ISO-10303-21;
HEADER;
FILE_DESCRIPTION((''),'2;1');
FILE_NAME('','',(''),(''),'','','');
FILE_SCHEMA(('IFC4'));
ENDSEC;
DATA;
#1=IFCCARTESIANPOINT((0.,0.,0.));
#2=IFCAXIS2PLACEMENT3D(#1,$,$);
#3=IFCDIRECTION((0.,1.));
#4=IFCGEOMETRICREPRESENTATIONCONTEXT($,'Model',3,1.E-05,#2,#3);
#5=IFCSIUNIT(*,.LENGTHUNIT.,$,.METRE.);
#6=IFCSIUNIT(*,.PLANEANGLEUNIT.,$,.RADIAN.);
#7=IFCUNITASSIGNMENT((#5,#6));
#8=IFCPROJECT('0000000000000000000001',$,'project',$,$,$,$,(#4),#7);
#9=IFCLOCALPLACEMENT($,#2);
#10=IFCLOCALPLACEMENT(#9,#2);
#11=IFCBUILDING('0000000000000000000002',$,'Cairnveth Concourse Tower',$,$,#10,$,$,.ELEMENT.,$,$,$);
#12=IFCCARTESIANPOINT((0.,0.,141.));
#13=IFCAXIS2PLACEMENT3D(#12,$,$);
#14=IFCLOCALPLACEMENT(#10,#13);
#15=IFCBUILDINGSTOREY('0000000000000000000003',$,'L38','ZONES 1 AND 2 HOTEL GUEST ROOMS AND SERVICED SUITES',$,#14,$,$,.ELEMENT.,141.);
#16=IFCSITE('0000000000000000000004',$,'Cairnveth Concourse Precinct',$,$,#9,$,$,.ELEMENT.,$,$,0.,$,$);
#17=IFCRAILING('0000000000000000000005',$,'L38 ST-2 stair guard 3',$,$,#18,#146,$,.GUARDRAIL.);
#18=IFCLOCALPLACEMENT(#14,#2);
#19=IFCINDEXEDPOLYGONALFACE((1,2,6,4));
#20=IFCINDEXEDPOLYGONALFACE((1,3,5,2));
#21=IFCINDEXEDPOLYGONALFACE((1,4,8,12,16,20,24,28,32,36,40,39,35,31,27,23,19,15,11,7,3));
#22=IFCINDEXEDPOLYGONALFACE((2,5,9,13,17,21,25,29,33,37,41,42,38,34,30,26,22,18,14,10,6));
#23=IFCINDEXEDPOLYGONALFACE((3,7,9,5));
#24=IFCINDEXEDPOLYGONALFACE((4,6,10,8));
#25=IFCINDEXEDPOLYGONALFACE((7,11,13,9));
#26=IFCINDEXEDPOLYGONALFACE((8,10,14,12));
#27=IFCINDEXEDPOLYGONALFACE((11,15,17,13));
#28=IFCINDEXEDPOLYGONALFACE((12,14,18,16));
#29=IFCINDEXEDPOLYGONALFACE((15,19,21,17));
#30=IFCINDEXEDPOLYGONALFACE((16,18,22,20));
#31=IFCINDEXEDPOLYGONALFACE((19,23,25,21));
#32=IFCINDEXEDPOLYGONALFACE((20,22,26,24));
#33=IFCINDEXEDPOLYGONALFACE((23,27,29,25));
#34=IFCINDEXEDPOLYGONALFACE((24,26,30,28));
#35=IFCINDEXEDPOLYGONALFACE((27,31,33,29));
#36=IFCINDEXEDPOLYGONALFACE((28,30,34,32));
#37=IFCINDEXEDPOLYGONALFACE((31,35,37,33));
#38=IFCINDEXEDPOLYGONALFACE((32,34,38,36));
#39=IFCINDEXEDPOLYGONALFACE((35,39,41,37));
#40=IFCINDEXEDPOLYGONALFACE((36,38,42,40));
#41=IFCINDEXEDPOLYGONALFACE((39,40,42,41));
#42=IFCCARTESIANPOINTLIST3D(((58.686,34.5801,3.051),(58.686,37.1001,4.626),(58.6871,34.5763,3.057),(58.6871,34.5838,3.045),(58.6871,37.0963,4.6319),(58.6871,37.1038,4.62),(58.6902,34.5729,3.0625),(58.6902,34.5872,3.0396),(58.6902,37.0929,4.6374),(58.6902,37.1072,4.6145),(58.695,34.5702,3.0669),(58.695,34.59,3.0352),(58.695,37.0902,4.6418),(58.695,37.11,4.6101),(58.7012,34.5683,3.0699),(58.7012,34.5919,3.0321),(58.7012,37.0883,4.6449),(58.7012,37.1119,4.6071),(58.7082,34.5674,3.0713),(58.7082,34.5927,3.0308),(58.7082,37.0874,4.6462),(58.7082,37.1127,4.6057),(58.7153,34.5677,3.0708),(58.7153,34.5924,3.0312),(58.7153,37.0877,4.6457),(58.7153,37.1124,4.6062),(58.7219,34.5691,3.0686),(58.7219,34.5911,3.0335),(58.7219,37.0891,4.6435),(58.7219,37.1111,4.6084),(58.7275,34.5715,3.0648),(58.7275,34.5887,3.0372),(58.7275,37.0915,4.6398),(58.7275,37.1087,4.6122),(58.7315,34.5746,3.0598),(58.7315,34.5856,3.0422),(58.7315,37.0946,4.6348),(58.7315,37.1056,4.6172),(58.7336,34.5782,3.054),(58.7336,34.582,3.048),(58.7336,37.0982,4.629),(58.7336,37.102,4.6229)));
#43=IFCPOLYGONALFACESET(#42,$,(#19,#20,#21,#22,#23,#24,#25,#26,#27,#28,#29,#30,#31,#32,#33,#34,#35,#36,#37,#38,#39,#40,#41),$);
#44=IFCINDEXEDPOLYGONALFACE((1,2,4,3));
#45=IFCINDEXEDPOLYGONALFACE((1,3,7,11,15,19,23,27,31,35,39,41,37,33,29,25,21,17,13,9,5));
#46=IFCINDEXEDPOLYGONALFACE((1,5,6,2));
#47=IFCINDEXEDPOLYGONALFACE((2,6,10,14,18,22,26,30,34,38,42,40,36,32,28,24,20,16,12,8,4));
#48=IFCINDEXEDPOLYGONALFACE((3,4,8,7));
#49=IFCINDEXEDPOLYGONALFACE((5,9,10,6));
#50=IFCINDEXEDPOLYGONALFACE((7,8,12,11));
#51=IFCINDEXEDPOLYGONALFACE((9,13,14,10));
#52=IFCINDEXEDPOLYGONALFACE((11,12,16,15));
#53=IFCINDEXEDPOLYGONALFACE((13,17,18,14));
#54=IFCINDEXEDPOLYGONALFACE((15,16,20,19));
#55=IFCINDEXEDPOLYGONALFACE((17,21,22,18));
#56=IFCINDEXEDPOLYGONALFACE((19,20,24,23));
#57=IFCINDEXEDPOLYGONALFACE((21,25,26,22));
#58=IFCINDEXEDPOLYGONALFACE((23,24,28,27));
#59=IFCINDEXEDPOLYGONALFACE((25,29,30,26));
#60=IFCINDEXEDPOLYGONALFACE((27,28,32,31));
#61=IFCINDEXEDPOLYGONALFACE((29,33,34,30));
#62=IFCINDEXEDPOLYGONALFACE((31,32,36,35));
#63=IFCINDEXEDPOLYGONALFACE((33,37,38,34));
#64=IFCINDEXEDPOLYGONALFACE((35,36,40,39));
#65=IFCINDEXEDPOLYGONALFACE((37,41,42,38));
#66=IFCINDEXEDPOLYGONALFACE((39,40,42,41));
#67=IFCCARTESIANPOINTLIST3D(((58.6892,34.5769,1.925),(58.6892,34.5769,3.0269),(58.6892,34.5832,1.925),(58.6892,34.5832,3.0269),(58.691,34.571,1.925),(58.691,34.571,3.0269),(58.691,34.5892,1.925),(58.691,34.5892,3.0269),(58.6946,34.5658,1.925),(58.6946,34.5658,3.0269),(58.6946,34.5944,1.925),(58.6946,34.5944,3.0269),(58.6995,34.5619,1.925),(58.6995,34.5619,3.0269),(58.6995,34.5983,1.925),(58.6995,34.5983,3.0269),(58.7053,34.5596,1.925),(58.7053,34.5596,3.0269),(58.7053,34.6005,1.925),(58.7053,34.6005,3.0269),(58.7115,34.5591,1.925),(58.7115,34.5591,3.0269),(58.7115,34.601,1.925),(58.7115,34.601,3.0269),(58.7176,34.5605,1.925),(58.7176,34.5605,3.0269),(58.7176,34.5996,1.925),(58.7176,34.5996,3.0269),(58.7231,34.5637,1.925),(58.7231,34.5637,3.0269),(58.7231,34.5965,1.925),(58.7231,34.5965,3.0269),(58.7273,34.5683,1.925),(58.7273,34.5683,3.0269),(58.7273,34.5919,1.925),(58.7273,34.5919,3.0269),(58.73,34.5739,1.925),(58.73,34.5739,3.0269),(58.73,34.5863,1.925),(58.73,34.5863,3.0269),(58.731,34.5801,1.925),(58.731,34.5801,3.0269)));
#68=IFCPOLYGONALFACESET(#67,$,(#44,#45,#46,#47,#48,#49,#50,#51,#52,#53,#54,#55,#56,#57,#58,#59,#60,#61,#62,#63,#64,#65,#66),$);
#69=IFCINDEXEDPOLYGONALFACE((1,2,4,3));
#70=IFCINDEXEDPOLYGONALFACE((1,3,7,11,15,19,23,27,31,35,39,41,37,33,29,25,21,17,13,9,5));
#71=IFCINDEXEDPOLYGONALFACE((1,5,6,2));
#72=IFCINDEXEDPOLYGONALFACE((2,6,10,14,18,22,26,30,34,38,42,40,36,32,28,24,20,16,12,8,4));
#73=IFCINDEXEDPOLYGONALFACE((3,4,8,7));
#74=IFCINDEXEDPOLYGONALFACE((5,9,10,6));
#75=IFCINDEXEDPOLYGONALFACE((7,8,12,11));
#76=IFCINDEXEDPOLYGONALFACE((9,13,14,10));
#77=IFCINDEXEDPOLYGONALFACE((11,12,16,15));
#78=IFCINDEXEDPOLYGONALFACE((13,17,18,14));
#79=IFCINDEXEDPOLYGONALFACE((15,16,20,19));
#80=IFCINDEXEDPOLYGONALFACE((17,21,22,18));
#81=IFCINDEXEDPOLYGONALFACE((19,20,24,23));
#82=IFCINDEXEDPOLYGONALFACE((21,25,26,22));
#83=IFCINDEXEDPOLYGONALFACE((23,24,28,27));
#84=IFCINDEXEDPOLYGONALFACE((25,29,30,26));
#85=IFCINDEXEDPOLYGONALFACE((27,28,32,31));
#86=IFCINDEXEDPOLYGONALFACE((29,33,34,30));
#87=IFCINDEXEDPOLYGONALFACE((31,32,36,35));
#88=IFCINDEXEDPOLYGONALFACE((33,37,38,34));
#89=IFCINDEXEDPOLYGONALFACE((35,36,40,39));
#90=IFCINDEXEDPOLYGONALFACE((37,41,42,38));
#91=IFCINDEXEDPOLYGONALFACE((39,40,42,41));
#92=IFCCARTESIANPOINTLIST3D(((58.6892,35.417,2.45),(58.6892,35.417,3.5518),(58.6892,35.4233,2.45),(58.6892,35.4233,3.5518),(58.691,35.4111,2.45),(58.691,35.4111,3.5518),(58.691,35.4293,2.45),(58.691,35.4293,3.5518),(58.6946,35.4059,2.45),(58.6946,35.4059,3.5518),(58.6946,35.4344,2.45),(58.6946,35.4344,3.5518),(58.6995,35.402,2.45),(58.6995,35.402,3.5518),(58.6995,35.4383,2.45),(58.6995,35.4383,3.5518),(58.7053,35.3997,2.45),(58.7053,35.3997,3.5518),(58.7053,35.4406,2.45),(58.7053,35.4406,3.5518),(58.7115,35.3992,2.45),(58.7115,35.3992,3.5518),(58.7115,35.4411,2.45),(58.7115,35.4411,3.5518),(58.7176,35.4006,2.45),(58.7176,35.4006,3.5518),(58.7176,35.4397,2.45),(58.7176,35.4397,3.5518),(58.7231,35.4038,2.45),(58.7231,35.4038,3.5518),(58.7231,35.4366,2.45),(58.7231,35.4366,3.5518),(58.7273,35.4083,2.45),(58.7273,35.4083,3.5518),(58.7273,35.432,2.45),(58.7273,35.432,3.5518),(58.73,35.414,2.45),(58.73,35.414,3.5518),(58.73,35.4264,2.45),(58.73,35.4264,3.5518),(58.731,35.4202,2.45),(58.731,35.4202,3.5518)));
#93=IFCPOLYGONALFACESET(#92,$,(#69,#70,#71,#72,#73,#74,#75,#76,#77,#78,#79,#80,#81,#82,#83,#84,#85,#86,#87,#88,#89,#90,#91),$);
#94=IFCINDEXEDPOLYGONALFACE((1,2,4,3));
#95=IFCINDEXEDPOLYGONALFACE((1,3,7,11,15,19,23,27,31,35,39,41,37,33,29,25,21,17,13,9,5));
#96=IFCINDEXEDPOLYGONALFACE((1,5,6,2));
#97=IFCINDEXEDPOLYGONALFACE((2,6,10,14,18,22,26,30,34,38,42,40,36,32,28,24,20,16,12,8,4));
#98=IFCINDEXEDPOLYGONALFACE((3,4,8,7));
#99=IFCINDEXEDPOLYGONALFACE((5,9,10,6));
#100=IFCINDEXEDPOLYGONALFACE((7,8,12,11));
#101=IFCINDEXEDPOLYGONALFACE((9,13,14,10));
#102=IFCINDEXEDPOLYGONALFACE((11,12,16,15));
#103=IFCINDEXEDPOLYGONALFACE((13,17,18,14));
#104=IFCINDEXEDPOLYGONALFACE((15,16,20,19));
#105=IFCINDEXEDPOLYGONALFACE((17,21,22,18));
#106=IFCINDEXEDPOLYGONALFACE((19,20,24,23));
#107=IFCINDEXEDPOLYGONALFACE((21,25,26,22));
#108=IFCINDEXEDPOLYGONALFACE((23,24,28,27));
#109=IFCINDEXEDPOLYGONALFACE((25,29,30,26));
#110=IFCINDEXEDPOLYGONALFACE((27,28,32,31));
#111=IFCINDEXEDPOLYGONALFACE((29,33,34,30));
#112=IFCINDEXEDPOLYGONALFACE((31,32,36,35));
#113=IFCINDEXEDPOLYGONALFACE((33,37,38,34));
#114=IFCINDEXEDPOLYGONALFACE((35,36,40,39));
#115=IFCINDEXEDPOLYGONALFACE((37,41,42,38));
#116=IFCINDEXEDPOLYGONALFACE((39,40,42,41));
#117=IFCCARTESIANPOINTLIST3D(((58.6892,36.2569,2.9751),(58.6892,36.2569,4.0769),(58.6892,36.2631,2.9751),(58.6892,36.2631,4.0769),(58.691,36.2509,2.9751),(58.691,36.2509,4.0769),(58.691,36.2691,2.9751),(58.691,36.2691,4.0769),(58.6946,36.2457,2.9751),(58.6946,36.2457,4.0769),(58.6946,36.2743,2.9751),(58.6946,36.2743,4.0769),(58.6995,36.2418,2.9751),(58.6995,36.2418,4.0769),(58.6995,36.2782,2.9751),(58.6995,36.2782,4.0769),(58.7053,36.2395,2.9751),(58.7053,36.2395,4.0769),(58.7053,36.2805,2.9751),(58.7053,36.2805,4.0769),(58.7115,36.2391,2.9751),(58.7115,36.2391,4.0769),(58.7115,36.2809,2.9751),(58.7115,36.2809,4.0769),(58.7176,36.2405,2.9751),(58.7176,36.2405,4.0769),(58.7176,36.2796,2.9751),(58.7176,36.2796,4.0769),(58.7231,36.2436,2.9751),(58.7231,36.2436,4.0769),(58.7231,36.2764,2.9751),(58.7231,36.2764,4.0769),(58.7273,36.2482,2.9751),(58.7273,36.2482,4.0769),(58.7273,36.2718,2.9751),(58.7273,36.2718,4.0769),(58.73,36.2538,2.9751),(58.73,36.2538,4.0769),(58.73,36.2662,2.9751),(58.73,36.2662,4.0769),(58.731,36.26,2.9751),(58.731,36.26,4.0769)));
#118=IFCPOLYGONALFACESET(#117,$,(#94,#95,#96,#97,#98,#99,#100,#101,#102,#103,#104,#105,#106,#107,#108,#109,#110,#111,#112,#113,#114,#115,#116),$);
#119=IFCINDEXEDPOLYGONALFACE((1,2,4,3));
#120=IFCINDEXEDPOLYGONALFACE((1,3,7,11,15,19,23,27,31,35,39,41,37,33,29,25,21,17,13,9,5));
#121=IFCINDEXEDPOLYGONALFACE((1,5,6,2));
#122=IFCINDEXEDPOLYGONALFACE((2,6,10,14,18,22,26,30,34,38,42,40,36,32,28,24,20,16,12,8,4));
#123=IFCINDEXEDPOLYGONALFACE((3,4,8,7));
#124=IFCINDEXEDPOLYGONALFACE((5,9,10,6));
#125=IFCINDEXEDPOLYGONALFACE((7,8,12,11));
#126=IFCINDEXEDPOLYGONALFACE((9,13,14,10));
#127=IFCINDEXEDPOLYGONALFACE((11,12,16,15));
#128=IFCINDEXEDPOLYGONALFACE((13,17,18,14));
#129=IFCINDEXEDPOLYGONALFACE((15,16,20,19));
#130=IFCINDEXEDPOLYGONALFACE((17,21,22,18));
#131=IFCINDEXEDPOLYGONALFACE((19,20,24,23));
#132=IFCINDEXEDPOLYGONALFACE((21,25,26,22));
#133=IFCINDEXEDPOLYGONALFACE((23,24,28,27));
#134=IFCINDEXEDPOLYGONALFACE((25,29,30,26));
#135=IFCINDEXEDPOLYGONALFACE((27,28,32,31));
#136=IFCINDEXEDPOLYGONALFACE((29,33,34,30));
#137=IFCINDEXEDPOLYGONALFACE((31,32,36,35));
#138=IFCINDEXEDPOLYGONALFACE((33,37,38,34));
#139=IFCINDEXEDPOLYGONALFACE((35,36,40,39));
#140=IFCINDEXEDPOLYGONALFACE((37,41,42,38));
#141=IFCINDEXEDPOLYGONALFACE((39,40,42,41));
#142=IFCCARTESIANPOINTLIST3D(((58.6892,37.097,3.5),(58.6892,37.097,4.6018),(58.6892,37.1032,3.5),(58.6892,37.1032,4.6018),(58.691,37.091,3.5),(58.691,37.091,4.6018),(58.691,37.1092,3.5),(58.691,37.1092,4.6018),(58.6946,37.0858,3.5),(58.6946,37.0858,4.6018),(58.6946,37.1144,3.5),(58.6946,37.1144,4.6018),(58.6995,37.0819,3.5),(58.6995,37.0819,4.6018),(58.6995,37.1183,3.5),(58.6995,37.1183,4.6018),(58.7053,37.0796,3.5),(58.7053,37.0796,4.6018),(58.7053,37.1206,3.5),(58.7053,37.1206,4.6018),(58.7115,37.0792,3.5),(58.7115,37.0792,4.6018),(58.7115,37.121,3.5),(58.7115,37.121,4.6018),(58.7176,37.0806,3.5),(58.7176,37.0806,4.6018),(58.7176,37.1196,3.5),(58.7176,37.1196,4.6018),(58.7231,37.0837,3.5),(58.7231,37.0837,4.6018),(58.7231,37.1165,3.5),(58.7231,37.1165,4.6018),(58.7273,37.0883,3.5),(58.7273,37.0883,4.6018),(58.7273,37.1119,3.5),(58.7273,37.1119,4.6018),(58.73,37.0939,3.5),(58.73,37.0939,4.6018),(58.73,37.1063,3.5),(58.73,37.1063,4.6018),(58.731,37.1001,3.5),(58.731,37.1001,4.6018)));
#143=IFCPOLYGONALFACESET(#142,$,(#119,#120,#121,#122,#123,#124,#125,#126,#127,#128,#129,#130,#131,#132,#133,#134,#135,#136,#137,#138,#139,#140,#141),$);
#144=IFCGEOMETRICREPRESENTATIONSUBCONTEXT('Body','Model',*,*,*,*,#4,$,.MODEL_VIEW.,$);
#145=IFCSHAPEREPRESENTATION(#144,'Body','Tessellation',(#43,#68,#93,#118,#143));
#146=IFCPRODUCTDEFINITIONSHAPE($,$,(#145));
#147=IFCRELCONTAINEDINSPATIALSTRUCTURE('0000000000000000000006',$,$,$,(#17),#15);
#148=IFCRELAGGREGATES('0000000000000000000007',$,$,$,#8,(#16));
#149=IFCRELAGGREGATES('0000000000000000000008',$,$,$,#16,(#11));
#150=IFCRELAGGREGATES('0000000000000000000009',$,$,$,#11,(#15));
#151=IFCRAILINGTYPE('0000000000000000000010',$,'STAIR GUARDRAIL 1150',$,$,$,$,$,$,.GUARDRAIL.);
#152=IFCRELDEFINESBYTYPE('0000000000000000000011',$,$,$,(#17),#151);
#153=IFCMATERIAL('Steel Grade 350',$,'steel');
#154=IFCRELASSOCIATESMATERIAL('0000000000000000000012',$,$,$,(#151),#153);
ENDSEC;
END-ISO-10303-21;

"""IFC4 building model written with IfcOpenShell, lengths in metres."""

from ifc_helpers import new_model, si_unit, direction, frame, origin, origin_2d, place, context, subcontext, project, spatial, circle, extrude, material, type_object, element, save


model = new_model("IFC4")

# Units and contexts
model_context = context("Model", 3, precision=1e-05, world=origin(), true_north=direction((0.0, 1.0)))
body_context = subcontext(model_context, "Body", "Model", "MODEL_VIEW")
ifc_project = project(units=[si_unit("LENGTHUNIT", "METRE"), si_unit("PLANEANGLEUNIT", "RADIAN")], contexts=[model_context])

# Site, building, storey
site_placement = place(None, origin())
site = spatial("IfcSite", under=ifc_project, at=site_placement, Name="Cairnveth Concourse Precinct", CompositionType="ELEMENT", RefElevation=0.0)
building_placement = place(site_placement, origin())
building = spatial("IfcBuilding", under=site, at=building_placement, Name="Cairnveth Concourse Tower", CompositionType="ELEMENT")
storey_placement = place(building_placement, frame((0.0, 0.0, 141.0)))
storey = spatial("IfcBuildingStorey", under=building, at=storey_placement, Name="L38", Description="ZONES 1 AND 2 HOTEL GUEST ROOMS AND SERVICED SUITES", CompositionType="ELEMENT", Elevation=141.0)

# Shared definitions
ifc_material_1 = material(Name="Steel Grade 350", Category="steel")

# Railing
railing_type_1 = type_object("IfcRailingType", Name="STAIR GUARDRAIL 1150", PredefinedType="GUARDRAIL", material=ifc_material_1)
railing_1_placement = place(storey_placement, frame((58.71, 34.5801, 1.925)))
element("IfcRailing", 1, at=railing_1_placement, inside=storey, type_object=railing_type_1, Name="L38 ST-2 stair guard 3", PredefinedType="GUARDRAIL", context=body_context, shape_type="SweptSolid", body=[
    extrude(circle(Radius=0.0239, at=origin_2d()), frame((0.0, 0.0, 1.126), z_axis=(0.0, 0.848008, 0.529984), x_axis=(-1.0, 0.0, 0.0)), (0.0, 0.0, 1.0), 2.9717),
    extrude(circle(Radius=0.021, at=origin_2d()), origin(), (0.0, 0.0, 1.0), 1.1018),
    extrude(circle(Radius=0.021, at=origin_2d()), frame((0.0, 0.8401, 0.5249)), (0.0, 0.0, 1.0), 1.1018),
    extrude(circle(Radius=0.021, at=origin_2d()), frame((0.0, 1.6799, 1.05)), (0.0, 0.0, 1.0), 1.1018),
    extrude(circle(Radius=0.021, at=origin_2d()), frame((0.0, 2.52, 1.575)), (0.0, 0.0, 1.0), 1.1018),
])

save(model, "model.ifc")
